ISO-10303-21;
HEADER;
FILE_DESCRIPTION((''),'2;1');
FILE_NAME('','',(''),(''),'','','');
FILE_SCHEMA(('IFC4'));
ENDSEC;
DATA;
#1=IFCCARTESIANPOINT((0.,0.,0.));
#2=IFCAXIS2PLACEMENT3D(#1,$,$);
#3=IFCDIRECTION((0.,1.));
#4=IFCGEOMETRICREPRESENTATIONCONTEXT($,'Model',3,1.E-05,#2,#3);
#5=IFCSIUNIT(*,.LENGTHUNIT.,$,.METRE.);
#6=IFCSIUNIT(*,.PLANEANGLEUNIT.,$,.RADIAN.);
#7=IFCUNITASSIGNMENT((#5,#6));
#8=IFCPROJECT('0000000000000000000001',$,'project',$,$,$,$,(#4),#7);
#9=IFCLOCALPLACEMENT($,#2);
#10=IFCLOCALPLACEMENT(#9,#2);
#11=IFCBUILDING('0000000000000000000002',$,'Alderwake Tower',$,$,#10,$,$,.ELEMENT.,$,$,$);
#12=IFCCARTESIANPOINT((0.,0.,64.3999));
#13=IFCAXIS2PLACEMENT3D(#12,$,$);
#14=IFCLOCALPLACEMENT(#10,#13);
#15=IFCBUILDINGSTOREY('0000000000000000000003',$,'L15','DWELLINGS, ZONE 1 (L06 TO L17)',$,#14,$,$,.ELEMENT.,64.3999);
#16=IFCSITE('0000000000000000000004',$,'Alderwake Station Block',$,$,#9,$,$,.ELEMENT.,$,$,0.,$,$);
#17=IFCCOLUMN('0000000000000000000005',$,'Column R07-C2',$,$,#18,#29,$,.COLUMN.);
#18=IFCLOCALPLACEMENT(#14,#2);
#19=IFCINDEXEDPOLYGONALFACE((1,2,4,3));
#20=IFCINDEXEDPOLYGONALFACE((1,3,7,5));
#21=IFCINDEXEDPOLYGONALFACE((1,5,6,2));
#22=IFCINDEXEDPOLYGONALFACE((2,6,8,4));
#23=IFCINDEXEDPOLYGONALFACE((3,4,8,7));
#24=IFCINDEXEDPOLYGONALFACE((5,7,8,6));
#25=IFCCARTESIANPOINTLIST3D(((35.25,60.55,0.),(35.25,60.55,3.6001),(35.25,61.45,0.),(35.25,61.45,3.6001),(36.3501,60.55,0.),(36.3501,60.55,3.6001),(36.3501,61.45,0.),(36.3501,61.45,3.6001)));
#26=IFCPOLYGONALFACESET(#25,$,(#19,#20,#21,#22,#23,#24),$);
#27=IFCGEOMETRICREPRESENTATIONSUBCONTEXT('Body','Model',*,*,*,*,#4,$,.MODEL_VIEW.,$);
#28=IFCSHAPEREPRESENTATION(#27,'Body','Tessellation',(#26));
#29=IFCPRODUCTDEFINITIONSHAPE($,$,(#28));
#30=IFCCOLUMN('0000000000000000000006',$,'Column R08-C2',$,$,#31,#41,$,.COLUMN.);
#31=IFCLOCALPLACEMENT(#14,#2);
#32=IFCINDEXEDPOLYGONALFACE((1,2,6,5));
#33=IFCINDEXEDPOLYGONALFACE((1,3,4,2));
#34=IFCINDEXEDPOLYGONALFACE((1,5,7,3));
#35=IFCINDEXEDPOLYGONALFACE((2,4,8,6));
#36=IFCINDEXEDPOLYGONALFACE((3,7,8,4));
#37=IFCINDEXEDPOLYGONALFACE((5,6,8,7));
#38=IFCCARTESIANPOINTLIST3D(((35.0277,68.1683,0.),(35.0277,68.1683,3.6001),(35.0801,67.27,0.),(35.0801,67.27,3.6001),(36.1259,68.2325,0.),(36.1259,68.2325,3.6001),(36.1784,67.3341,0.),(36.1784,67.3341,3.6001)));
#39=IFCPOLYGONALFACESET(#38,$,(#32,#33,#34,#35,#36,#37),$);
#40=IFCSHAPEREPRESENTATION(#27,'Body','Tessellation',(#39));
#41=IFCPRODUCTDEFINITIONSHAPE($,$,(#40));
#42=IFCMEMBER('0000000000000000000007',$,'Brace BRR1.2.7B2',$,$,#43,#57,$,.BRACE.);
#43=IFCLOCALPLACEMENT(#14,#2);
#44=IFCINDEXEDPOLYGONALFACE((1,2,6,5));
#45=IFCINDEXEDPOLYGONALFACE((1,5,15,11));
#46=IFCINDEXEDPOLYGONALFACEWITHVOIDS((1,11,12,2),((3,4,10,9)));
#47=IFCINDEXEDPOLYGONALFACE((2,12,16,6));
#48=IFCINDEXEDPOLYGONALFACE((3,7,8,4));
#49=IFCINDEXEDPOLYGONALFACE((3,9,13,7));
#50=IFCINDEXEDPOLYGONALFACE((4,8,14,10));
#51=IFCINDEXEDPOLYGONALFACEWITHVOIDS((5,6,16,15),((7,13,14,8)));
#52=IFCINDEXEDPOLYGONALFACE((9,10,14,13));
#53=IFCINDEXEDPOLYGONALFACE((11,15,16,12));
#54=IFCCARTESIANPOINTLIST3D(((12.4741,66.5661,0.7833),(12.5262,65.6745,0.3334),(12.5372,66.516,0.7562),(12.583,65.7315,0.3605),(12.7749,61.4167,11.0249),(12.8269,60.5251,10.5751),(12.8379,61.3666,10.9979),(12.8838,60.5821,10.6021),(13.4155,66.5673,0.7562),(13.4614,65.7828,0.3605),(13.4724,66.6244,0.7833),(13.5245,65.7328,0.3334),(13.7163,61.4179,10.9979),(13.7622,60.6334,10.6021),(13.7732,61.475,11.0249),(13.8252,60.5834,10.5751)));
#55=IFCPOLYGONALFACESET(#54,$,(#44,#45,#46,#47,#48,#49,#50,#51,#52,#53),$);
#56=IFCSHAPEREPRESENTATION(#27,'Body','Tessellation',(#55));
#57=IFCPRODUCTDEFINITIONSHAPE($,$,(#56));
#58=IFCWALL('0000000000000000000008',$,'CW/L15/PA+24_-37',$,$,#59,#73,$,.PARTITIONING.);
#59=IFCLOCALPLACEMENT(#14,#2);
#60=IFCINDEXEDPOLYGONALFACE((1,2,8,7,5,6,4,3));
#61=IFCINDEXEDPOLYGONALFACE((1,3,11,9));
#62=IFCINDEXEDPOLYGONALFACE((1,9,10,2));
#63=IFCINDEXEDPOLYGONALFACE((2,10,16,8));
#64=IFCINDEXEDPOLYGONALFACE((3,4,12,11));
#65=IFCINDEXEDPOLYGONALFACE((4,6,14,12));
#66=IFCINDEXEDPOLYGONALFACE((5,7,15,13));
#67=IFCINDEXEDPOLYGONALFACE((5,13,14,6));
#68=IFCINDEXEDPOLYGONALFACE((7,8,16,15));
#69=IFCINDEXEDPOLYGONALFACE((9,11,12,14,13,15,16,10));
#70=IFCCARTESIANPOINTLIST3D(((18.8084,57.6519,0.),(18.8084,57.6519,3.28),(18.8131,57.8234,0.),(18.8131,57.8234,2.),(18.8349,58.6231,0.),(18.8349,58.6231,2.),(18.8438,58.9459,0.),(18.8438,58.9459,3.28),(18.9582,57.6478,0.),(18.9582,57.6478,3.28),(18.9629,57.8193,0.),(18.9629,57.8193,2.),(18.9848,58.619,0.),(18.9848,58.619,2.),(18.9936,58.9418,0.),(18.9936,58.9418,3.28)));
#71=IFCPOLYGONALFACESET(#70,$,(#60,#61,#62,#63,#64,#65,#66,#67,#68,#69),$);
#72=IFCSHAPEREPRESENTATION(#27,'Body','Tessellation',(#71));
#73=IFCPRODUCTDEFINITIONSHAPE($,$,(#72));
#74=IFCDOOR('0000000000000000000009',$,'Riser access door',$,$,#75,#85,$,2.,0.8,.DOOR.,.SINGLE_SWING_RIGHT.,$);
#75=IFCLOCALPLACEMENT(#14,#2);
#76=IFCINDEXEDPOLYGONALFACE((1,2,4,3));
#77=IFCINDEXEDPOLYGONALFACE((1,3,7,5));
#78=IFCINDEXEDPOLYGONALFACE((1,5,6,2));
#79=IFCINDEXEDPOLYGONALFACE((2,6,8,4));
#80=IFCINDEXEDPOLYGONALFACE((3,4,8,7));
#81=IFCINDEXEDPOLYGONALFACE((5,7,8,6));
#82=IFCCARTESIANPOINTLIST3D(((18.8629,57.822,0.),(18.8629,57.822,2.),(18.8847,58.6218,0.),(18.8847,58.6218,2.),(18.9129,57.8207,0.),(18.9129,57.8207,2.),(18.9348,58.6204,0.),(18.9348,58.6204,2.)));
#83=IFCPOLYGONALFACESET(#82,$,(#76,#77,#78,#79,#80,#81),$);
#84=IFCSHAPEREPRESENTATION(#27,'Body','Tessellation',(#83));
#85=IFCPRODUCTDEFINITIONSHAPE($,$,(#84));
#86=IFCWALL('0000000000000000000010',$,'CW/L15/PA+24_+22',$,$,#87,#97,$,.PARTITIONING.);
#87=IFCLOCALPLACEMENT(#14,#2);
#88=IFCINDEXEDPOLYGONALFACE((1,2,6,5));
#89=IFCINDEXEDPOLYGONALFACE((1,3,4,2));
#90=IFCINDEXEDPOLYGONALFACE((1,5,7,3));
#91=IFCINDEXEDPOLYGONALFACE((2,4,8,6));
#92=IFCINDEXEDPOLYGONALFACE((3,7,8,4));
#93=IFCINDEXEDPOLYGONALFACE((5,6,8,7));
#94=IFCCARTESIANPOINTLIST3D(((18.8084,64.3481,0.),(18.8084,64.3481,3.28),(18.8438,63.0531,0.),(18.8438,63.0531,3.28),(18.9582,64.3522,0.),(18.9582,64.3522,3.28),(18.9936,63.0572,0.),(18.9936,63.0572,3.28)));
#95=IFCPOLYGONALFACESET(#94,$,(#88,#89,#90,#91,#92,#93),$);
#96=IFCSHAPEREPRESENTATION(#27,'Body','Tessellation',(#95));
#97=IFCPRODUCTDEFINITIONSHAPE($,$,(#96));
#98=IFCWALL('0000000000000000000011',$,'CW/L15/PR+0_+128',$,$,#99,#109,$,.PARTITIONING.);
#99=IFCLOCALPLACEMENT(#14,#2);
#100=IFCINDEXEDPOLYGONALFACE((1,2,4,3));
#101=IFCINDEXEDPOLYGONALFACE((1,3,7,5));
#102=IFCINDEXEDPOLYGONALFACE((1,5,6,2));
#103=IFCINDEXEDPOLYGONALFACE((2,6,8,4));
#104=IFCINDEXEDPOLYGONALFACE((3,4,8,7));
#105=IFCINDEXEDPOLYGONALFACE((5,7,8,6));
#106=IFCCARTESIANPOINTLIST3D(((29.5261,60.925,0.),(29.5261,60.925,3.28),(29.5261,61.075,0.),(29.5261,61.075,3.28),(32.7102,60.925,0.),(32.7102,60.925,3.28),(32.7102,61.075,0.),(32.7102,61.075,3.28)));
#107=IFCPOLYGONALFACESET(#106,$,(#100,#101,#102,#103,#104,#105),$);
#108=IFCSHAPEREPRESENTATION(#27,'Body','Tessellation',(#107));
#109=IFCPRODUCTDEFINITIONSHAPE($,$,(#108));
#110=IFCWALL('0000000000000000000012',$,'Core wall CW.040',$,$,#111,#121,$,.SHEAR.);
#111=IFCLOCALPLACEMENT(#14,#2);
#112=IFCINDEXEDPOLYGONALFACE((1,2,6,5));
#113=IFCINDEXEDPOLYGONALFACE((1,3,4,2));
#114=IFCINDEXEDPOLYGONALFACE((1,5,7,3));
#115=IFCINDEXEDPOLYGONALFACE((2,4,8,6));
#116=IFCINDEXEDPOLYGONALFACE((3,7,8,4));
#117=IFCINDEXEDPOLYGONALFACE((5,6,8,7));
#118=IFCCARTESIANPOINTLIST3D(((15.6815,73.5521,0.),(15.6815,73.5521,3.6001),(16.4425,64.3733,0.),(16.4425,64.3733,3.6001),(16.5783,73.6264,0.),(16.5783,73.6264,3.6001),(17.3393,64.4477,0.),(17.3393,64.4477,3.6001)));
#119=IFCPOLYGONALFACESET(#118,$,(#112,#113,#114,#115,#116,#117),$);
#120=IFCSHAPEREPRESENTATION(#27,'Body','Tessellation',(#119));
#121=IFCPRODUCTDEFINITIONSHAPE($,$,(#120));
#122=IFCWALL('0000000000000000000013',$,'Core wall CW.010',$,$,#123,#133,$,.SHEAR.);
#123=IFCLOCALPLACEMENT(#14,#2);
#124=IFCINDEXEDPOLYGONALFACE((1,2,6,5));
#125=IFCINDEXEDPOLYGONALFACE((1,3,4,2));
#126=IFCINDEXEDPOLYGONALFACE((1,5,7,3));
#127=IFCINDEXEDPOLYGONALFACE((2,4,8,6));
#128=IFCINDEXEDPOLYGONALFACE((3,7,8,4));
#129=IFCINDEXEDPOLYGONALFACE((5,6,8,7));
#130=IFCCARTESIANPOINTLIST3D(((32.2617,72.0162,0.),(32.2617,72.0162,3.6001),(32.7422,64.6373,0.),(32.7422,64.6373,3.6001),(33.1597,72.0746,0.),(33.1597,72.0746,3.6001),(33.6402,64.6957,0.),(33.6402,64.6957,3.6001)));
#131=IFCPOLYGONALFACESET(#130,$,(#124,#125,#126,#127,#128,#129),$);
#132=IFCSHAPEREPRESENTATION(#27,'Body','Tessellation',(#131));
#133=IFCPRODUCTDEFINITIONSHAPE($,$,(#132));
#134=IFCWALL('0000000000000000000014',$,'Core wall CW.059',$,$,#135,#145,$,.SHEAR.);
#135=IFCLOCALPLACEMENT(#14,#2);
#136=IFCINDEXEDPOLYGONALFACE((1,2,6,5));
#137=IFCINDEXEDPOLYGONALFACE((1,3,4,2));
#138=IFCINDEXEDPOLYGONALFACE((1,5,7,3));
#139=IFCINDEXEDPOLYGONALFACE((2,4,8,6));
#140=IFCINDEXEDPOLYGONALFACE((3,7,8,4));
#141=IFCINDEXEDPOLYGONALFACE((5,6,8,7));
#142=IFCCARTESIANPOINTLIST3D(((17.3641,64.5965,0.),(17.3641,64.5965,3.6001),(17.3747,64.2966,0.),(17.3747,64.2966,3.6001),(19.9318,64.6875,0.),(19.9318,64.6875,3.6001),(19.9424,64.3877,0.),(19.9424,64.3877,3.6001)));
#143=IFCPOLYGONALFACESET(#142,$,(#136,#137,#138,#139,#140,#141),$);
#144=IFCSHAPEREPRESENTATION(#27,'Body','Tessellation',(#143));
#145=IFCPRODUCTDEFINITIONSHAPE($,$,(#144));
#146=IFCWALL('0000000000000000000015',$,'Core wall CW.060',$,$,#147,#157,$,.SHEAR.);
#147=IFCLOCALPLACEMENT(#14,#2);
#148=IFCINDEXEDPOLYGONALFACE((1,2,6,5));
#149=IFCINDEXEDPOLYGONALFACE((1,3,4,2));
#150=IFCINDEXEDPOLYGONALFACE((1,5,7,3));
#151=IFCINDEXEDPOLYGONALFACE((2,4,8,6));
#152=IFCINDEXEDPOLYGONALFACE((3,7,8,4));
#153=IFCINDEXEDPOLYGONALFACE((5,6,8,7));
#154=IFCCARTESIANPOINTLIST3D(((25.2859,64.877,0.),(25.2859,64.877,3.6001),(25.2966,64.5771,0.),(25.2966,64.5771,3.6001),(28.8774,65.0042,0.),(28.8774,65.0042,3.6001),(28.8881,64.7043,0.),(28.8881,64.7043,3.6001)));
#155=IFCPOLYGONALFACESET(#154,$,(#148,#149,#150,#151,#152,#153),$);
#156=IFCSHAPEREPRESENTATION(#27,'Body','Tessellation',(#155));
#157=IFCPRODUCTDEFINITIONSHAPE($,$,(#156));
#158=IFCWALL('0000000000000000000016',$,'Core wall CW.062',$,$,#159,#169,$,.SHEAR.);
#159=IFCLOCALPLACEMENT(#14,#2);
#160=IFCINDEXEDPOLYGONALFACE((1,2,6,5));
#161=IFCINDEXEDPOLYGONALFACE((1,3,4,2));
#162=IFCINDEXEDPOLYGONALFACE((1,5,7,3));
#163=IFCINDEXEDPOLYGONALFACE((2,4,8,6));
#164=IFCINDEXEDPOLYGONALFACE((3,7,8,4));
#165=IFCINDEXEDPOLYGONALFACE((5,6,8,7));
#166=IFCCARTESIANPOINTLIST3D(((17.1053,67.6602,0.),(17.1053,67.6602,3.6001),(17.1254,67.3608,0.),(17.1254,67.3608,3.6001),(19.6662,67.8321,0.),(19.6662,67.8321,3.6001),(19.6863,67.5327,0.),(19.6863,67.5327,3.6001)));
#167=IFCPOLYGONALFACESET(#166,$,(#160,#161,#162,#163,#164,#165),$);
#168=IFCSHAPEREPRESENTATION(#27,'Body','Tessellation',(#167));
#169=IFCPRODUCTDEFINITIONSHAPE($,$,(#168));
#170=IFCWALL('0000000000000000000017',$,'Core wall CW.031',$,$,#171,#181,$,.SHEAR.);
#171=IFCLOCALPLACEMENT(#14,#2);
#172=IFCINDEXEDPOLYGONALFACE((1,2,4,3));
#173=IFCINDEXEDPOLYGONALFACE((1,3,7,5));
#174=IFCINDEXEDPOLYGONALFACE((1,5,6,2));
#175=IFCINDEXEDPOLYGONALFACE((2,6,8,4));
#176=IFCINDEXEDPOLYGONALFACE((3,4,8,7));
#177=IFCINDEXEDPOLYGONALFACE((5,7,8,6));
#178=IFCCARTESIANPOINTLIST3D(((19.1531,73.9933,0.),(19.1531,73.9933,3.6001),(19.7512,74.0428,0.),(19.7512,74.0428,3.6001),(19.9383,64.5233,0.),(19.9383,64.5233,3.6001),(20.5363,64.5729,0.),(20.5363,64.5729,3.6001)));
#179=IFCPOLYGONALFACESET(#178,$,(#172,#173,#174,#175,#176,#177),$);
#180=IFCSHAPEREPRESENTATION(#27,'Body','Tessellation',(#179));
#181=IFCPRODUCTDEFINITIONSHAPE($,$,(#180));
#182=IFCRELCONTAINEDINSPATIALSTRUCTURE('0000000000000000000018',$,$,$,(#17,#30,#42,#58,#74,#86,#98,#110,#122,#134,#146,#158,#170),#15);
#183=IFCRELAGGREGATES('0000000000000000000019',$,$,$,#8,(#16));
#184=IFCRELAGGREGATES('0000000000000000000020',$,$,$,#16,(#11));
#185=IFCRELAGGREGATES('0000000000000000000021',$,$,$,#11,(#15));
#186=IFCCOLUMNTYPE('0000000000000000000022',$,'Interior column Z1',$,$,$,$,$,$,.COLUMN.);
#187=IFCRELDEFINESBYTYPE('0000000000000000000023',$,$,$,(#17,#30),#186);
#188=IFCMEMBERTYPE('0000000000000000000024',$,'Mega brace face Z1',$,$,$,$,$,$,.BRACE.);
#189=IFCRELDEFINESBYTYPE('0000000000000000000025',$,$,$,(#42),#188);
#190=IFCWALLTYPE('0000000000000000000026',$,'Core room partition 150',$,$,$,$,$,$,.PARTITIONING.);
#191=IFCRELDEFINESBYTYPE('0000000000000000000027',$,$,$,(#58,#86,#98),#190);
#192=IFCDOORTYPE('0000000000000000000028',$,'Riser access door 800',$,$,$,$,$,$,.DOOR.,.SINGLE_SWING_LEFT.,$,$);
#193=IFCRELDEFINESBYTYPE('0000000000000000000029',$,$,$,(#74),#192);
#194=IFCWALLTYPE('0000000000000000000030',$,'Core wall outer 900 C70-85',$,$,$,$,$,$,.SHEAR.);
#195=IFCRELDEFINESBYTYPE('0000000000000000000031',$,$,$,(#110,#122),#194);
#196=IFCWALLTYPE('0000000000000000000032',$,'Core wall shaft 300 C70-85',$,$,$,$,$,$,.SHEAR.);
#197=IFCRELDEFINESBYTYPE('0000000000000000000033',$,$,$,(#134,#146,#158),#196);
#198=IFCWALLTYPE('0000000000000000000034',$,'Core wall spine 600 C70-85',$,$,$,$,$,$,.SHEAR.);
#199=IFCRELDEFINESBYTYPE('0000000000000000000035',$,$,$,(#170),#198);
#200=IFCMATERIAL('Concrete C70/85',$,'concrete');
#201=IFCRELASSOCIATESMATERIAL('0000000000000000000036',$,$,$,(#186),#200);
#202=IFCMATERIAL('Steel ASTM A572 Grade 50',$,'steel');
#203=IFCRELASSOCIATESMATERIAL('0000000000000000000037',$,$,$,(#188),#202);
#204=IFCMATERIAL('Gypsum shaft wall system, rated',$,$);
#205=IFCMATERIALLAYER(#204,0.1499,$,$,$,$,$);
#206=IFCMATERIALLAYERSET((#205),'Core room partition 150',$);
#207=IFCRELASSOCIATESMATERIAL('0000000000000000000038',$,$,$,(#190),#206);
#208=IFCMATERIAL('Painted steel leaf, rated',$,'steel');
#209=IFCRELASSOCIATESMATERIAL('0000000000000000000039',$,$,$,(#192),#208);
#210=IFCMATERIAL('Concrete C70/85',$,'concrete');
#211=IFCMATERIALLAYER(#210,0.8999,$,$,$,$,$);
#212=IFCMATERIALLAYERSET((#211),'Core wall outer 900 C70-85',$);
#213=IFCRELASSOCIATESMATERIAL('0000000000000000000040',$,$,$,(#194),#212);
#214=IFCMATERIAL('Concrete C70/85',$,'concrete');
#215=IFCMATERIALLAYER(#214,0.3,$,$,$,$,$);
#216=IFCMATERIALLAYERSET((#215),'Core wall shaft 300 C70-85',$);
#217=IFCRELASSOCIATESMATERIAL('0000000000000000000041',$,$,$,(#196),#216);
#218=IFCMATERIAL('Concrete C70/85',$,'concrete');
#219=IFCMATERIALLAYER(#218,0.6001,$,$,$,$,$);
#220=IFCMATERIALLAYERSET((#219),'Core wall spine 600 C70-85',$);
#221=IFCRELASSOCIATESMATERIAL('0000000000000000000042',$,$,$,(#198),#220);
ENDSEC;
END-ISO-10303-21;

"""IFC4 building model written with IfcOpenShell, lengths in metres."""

from ifc_helpers import new_model, si_unit, direction, frame, frame_2d, origin, origin_2d, place, context, subcontext, project, spatial, rectangle, hollow_rectangle, extrude, material, layer, layer_set, material_profile, profile_set, type_object, element, fill, save


model = new_model("IFC4")

# Units and contexts
model_context = context("Model", 3, precision=1e-05, world=origin(), true_north=direction((0.0, 1.0)))
body_context = subcontext(model_context, "Body", "Model", "MODEL_VIEW")
ifc_project = project(units=[si_unit("LENGTHUNIT", "METRE"), si_unit("PLANEANGLEUNIT", "RADIAN")], contexts=[model_context])

# Site, building, storey
site_placement = place(None, origin())
site = spatial("IfcSite", under=ifc_project, at=site_placement, Name="Alderwake Station Block", CompositionType="ELEMENT", RefElevation=0.0)
building_placement = place(site_placement, origin())
building = spatial("IfcBuilding", under=site, at=building_placement, Name="Alderwake Tower", CompositionType="ELEMENT")
storey_placement = place(building_placement, frame((0.0, 0.0, 64.3999)))
storey = spatial("IfcBuildingStorey", under=building, at=storey_placement, Name="L15", Description="DWELLINGS, ZONE 1 (L06 TO L17)", CompositionType="ELEMENT", Elevation=64.3999)

# Columns
ifc_material_1 = material(Name="Concrete C70/85", Category="concrete")
ifc_material_profile_1 = material_profile(ifc_material_1, rectangle(XDim=0.8999, YDim=1.1001, at=origin_2d()), Name="RC 1100X900")
ifc_profile_set_1 = profile_set([ifc_material_profile_1], Name="Concrete C70/85")
column_type = type_object("IfcColumnType", Name="Interior column Z1", PredefinedType="COLUMN", material=ifc_profile_set_1)
for number, where, z_axis, x_axis, name in (
    (1, (35.8, 61.0, 0.0), (0.0, 0.0, 1.0), (0.0, 1.0, 0.0), "Column R07-C2"),
    (2, (35.603, 67.7512, 0.0), (0.0, 0.0, 1.0), (-0.058301, 0.998299, 0.0), "Column R08-C2"),
):
    element("IfcColumn", number, at=place(storey_placement, frame(where, z_axis=z_axis, x_axis=x_axis)), inside=storey, type_object=column_type, Name=name, PredefinedType="COLUMN", context=body_context, shape_type="SweptSolid", body=[
        extrude(rectangle(XDim=0.8999, YDim=1.1001, at=origin_2d()), origin(), (0.0, 0.0, 1.0), 3.6001),
    ])

# Member
ifc_material_2 = material(Name="Steel ASTM A572 Grade 50", Category="steel")
ifc_material_profile_2 = material_profile(ifc_material_2, hollow_rectangle(XDim=1.0, YDim=1.0, WallThickness=0.0601, at=origin_2d()), Name="BOX 1000X1000X60")
ifc_profile_set_2 = profile_set([ifc_material_profile_2], Name="Steel ASTM A572 Grade 50")
member_type = type_object("IfcMemberType", Name="Mega brace face Z1", PredefinedType="BRACE", material=ifc_profile_set_2)
member_placement = place(storey_placement, frame((12.9993, 66.1494, 0.5583), z_axis=(0.026229, -0.449051, 0.893121), x_axis=(0.998298, 0.058311, 0.0)))
element("IfcMember", 3, at=member_placement, inside=storey, type_object=member_type, Name="Brace BRR1.2.7B2", PredefinedType="BRACE", context=body_context, shape_type="SweptSolid", body=[
    extrude(hollow_rectangle(XDim=1.0, YDim=1.0, WallThickness=0.0601, at=origin_2d()), origin(), (0.0, 0.0, 1.0), 11.4673),
])

# Wall, opening, door
ifc_material_3 = material(Name="Gypsum shaft wall system, rated")
ifc_layer_1 = layer(ifc_material_3, 0.1499)
ifc_layer_set_1 = layer_set([ifc_layer_1], Name="Core room partition 150")
wall_type_1 = type_object("IfcWallType", Name="Core room partition 150", PredefinedType="PARTITIONING", material=ifc_layer_set_1)
wall_1_placement = place(storey_placement, frame((18.9187, 58.9438, 0.0), z_axis=(0.0, 0.0, 1.0), x_axis=(-0.027348, -0.999626, 0.0)))
wall_1 = element("IfcWall", 4, at=wall_1_placement, inside=storey, type_object=wall_type_1, Name="CW/L15/PA+24_-37", PredefinedType="PARTITIONING", context=body_context, shape_type="SweptSolid", body=[
    extrude(rectangle(XDim=1.2944, YDim=0.1499, at=frame_2d((0.6472, 0.0))), origin(), (0.0, 0.0, 1.0), 3.28),
])
opening_1_placement = place(wall_1_placement, frame((0.323, 0.0, 0.0)))
opening_1 = element("IfcOpeningElement", 5, at=opening_1_placement, cuts=wall_1, PredefinedType="OPENING", context=body_context, shape_type="SweptSolid", body=[
    extrude(rectangle(XDim=0.8, YDim=2.0, at=frame_2d((0.3999, 1.0))), frame((0.0, 0.085, 0.0), z_axis=(0.0, -1.0, 0.0), x_axis=(1.0, 0.0, 0.0)), (0.0, 0.0, 1.0), 0.1699),
])
ifc_material_4 = material(Name="Painted steel leaf, rated", Category="steel")
door_type_1 = type_object("IfcDoorType", Name="Riser access door 800", OperationType="SINGLE_SWING_LEFT", PredefinedType="DOOR", material=ifc_material_4)
door_1_placement = place(opening_1_placement, origin())
door_1 = element("IfcDoor", 6, at=door_1_placement, inside=storey, type_object=door_type_1, Name="Riser access door", OperationType="SINGLE_SWING_RIGHT", OverallHeight=2.0, OverallWidth=0.8, PredefinedType="DOOR", context=body_context, shape_type="SweptSolid", body=[
    extrude(rectangle(XDim=0.8, YDim=2.0, at=frame_2d((0.3999, 1.0))), frame((0.0, 0.0249, 0.0), z_axis=(0.0, -1.0, 0.0), x_axis=(1.0, 0.0, 0.0)), (0.0, 0.0, 1.0), 0.05),
])
fill(opening_1, door_1)

# Walls
wall_2_placement = place(storey_placement, frame((18.9187, 63.0552, 0.0), z_axis=(0.0, 0.0, 1.0), x_axis=(-0.027328, 0.999627, 0.0)))
element("IfcWall", 7, at=wall_2_placement, inside=storey, type_object=wall_type_1, Name="CW/L15/PA+24_+22", PredefinedType="PARTITIONING", context=body_context, shape_type="SweptSolid", body=[
    extrude(rectangle(XDim=1.2954, YDim=0.1499, at=frame_2d((0.6477, 0.0))), origin(), (0.0, 0.0, 1.0), 3.28),
])
wall_3_placement = place(storey_placement, frame((29.5261, 61.0, 0.0), z_axis=(0.0, 0.0, 1.0), x_axis=(1.0, 0.0, 0.0)))
element("IfcWall", 8, at=wall_3_placement, inside=storey, type_object=wall_type_1, Name="CW/L15/PR+0_+128", PredefinedType="PARTITIONING", context=body_context, shape_type="SweptSolid", body=[
    extrude(rectangle(XDim=3.1841, YDim=0.1499, at=frame_2d((1.592, 0.0))), origin(), (0.0, 0.0, 1.0), 3.28),
])
ifc_material_5 = material(Name="Concrete C70/85", Category="concrete")
ifc_layer_2 = layer(ifc_material_5, 0.8999)
ifc_layer_set_2 = layer_set([ifc_layer_2], Name="Core wall outer 900 C70-85")
wall_type_2 = type_object("IfcWallType", Name="Core wall outer 900 C70-85", PredefinedType="SHEAR", material=ifc_layer_set_2)
wall_4_placement = place(storey_placement, frame((16.8909, 64.4106, 0.0), z_axis=(0.0, 0.0, 1.0), x_axis=(-0.082624, 0.996581, 0.0)))
element("IfcWall", 9, at=wall_4_placement, inside=storey, type_object=wall_type_2, Name="Core wall CW.040", PredefinedType="SHEAR", context=body_context, shape_type="SweptSolid", body=[
    extrude(rectangle(XDim=9.2102, YDim=0.8999, at=frame_2d((4.605, 0.0))), origin(), (0.0, 0.0, 1.0), 3.6001),
])
wall_5_placement = place(storey_placement, frame((33.1912, 64.6665, 0.0), z_axis=(0.0, 0.0, 1.0), x_axis=(-0.064976, 0.997887, 0.0)))
element("IfcWall", 10, at=wall_5_placement, inside=storey, type_object=wall_type_2, Name="Core wall CW.010", PredefinedType="SHEAR", context=body_context, shape_type="SweptSolid", body=[
    extrude(rectangle(XDim=7.3945, YDim=0.8999, at=frame_2d((3.6973, 0.0))), origin(), (0.0, 0.0, 1.0), 3.6001),
])
ifc_material_6 = material(Name="Concrete C70/85", Category="concrete")
ifc_layer_3 = layer(ifc_material_6, 0.3)
ifc_layer_set_3 = layer_set([ifc_layer_3], Name="Core wall shaft 300 C70-85")
wall_type_3 = type_object("IfcWallType", Name="Core wall shaft 300 C70-85", PredefinedType="SHEAR", material=ifc_layer_set_3)
wall_6_placement = place(storey_placement, frame((17.3694, 64.4465, 0.0), z_axis=(0.0, 0.0, 1.0), x_axis=(0.999372, 0.035444, 0.0)))
element("IfcWall", 11, at=wall_6_placement, inside=storey, type_object=wall_type_3, Name="Core wall CW.059", PredefinedType="SHEAR", context=body_context, shape_type="SweptSolid", body=[
    extrude(rectangle(XDim=2.5693, YDim=0.3, at=frame_2d((1.2847, 0.0))), origin(), (0.0, 0.0, 1.0), 3.6001),
])
wall_7_placement = place(storey_placement, frame((25.2913, 64.7271, 0.0), z_axis=(0.0, 0.0, 1.0), x_axis=(0.999373, 0.035393, 0.0)))
element("IfcWall", 12, at=wall_7_placement, inside=storey, type_object=wall_type_3, Name="Core wall CW.060", PredefinedType="SHEAR", context=body_context, shape_type="SweptSolid", body=[
    extrude(rectangle(XDim=3.5938, YDim=0.3, at=frame_2d((1.7969, 0.0))), origin(), (0.0, 0.0, 1.0), 3.6001),
])
wall_8_placement = place(storey_placement, frame((17.1155, 67.5105, 0.0), z_axis=(0.0, 0.0, 1.0), x_axis=(0.997755, 0.066967, 0.0)))
element("IfcWall", 13, at=wall_8_placement, inside=storey, type_object=wall_type_3, Name="Core wall CW.062", PredefinedType="SHEAR", context=body_context, shape_type="SweptSolid", body=[
    extrude(rectangle(XDim=2.5667, YDim=0.3, at=frame_2d((1.2832, 0.0))), origin(), (0.0, 0.0, 1.0), 3.6001),
])
ifc_material_7 = material(Name="Concrete C70/85", Category="concrete")
ifc_layer_4 = layer(ifc_material_7, 0.6001)
ifc_layer_set_4 = layer_set([ifc_layer_4], Name="Core wall spine 600 C70-85")
wall_type_4 = type_object("IfcWallType", Name="Core wall spine 600 C70-85", PredefinedType="SHEAR", material=ifc_layer_set_4)
wall_9_placement = place(storey_placement, frame((20.2373, 64.5481, 0.0), z_axis=(0.0, 0.0, 1.0), x_axis=(-0.082627, 0.996581, 0.0)))
element("IfcWall", 14, at=wall_9_placement, inside=storey, type_object=wall_type_4, Name="Core wall CW.031", PredefinedType="SHEAR", context=body_context, shape_type="SweptSolid", body=[
    extrude(rectangle(XDim=9.5024, YDim=0.6001, at=frame_2d((4.7512, 0.0))), origin(), (0.0, 0.0, 1.0), 3.6001),
])

save(model, "model.ifc")
